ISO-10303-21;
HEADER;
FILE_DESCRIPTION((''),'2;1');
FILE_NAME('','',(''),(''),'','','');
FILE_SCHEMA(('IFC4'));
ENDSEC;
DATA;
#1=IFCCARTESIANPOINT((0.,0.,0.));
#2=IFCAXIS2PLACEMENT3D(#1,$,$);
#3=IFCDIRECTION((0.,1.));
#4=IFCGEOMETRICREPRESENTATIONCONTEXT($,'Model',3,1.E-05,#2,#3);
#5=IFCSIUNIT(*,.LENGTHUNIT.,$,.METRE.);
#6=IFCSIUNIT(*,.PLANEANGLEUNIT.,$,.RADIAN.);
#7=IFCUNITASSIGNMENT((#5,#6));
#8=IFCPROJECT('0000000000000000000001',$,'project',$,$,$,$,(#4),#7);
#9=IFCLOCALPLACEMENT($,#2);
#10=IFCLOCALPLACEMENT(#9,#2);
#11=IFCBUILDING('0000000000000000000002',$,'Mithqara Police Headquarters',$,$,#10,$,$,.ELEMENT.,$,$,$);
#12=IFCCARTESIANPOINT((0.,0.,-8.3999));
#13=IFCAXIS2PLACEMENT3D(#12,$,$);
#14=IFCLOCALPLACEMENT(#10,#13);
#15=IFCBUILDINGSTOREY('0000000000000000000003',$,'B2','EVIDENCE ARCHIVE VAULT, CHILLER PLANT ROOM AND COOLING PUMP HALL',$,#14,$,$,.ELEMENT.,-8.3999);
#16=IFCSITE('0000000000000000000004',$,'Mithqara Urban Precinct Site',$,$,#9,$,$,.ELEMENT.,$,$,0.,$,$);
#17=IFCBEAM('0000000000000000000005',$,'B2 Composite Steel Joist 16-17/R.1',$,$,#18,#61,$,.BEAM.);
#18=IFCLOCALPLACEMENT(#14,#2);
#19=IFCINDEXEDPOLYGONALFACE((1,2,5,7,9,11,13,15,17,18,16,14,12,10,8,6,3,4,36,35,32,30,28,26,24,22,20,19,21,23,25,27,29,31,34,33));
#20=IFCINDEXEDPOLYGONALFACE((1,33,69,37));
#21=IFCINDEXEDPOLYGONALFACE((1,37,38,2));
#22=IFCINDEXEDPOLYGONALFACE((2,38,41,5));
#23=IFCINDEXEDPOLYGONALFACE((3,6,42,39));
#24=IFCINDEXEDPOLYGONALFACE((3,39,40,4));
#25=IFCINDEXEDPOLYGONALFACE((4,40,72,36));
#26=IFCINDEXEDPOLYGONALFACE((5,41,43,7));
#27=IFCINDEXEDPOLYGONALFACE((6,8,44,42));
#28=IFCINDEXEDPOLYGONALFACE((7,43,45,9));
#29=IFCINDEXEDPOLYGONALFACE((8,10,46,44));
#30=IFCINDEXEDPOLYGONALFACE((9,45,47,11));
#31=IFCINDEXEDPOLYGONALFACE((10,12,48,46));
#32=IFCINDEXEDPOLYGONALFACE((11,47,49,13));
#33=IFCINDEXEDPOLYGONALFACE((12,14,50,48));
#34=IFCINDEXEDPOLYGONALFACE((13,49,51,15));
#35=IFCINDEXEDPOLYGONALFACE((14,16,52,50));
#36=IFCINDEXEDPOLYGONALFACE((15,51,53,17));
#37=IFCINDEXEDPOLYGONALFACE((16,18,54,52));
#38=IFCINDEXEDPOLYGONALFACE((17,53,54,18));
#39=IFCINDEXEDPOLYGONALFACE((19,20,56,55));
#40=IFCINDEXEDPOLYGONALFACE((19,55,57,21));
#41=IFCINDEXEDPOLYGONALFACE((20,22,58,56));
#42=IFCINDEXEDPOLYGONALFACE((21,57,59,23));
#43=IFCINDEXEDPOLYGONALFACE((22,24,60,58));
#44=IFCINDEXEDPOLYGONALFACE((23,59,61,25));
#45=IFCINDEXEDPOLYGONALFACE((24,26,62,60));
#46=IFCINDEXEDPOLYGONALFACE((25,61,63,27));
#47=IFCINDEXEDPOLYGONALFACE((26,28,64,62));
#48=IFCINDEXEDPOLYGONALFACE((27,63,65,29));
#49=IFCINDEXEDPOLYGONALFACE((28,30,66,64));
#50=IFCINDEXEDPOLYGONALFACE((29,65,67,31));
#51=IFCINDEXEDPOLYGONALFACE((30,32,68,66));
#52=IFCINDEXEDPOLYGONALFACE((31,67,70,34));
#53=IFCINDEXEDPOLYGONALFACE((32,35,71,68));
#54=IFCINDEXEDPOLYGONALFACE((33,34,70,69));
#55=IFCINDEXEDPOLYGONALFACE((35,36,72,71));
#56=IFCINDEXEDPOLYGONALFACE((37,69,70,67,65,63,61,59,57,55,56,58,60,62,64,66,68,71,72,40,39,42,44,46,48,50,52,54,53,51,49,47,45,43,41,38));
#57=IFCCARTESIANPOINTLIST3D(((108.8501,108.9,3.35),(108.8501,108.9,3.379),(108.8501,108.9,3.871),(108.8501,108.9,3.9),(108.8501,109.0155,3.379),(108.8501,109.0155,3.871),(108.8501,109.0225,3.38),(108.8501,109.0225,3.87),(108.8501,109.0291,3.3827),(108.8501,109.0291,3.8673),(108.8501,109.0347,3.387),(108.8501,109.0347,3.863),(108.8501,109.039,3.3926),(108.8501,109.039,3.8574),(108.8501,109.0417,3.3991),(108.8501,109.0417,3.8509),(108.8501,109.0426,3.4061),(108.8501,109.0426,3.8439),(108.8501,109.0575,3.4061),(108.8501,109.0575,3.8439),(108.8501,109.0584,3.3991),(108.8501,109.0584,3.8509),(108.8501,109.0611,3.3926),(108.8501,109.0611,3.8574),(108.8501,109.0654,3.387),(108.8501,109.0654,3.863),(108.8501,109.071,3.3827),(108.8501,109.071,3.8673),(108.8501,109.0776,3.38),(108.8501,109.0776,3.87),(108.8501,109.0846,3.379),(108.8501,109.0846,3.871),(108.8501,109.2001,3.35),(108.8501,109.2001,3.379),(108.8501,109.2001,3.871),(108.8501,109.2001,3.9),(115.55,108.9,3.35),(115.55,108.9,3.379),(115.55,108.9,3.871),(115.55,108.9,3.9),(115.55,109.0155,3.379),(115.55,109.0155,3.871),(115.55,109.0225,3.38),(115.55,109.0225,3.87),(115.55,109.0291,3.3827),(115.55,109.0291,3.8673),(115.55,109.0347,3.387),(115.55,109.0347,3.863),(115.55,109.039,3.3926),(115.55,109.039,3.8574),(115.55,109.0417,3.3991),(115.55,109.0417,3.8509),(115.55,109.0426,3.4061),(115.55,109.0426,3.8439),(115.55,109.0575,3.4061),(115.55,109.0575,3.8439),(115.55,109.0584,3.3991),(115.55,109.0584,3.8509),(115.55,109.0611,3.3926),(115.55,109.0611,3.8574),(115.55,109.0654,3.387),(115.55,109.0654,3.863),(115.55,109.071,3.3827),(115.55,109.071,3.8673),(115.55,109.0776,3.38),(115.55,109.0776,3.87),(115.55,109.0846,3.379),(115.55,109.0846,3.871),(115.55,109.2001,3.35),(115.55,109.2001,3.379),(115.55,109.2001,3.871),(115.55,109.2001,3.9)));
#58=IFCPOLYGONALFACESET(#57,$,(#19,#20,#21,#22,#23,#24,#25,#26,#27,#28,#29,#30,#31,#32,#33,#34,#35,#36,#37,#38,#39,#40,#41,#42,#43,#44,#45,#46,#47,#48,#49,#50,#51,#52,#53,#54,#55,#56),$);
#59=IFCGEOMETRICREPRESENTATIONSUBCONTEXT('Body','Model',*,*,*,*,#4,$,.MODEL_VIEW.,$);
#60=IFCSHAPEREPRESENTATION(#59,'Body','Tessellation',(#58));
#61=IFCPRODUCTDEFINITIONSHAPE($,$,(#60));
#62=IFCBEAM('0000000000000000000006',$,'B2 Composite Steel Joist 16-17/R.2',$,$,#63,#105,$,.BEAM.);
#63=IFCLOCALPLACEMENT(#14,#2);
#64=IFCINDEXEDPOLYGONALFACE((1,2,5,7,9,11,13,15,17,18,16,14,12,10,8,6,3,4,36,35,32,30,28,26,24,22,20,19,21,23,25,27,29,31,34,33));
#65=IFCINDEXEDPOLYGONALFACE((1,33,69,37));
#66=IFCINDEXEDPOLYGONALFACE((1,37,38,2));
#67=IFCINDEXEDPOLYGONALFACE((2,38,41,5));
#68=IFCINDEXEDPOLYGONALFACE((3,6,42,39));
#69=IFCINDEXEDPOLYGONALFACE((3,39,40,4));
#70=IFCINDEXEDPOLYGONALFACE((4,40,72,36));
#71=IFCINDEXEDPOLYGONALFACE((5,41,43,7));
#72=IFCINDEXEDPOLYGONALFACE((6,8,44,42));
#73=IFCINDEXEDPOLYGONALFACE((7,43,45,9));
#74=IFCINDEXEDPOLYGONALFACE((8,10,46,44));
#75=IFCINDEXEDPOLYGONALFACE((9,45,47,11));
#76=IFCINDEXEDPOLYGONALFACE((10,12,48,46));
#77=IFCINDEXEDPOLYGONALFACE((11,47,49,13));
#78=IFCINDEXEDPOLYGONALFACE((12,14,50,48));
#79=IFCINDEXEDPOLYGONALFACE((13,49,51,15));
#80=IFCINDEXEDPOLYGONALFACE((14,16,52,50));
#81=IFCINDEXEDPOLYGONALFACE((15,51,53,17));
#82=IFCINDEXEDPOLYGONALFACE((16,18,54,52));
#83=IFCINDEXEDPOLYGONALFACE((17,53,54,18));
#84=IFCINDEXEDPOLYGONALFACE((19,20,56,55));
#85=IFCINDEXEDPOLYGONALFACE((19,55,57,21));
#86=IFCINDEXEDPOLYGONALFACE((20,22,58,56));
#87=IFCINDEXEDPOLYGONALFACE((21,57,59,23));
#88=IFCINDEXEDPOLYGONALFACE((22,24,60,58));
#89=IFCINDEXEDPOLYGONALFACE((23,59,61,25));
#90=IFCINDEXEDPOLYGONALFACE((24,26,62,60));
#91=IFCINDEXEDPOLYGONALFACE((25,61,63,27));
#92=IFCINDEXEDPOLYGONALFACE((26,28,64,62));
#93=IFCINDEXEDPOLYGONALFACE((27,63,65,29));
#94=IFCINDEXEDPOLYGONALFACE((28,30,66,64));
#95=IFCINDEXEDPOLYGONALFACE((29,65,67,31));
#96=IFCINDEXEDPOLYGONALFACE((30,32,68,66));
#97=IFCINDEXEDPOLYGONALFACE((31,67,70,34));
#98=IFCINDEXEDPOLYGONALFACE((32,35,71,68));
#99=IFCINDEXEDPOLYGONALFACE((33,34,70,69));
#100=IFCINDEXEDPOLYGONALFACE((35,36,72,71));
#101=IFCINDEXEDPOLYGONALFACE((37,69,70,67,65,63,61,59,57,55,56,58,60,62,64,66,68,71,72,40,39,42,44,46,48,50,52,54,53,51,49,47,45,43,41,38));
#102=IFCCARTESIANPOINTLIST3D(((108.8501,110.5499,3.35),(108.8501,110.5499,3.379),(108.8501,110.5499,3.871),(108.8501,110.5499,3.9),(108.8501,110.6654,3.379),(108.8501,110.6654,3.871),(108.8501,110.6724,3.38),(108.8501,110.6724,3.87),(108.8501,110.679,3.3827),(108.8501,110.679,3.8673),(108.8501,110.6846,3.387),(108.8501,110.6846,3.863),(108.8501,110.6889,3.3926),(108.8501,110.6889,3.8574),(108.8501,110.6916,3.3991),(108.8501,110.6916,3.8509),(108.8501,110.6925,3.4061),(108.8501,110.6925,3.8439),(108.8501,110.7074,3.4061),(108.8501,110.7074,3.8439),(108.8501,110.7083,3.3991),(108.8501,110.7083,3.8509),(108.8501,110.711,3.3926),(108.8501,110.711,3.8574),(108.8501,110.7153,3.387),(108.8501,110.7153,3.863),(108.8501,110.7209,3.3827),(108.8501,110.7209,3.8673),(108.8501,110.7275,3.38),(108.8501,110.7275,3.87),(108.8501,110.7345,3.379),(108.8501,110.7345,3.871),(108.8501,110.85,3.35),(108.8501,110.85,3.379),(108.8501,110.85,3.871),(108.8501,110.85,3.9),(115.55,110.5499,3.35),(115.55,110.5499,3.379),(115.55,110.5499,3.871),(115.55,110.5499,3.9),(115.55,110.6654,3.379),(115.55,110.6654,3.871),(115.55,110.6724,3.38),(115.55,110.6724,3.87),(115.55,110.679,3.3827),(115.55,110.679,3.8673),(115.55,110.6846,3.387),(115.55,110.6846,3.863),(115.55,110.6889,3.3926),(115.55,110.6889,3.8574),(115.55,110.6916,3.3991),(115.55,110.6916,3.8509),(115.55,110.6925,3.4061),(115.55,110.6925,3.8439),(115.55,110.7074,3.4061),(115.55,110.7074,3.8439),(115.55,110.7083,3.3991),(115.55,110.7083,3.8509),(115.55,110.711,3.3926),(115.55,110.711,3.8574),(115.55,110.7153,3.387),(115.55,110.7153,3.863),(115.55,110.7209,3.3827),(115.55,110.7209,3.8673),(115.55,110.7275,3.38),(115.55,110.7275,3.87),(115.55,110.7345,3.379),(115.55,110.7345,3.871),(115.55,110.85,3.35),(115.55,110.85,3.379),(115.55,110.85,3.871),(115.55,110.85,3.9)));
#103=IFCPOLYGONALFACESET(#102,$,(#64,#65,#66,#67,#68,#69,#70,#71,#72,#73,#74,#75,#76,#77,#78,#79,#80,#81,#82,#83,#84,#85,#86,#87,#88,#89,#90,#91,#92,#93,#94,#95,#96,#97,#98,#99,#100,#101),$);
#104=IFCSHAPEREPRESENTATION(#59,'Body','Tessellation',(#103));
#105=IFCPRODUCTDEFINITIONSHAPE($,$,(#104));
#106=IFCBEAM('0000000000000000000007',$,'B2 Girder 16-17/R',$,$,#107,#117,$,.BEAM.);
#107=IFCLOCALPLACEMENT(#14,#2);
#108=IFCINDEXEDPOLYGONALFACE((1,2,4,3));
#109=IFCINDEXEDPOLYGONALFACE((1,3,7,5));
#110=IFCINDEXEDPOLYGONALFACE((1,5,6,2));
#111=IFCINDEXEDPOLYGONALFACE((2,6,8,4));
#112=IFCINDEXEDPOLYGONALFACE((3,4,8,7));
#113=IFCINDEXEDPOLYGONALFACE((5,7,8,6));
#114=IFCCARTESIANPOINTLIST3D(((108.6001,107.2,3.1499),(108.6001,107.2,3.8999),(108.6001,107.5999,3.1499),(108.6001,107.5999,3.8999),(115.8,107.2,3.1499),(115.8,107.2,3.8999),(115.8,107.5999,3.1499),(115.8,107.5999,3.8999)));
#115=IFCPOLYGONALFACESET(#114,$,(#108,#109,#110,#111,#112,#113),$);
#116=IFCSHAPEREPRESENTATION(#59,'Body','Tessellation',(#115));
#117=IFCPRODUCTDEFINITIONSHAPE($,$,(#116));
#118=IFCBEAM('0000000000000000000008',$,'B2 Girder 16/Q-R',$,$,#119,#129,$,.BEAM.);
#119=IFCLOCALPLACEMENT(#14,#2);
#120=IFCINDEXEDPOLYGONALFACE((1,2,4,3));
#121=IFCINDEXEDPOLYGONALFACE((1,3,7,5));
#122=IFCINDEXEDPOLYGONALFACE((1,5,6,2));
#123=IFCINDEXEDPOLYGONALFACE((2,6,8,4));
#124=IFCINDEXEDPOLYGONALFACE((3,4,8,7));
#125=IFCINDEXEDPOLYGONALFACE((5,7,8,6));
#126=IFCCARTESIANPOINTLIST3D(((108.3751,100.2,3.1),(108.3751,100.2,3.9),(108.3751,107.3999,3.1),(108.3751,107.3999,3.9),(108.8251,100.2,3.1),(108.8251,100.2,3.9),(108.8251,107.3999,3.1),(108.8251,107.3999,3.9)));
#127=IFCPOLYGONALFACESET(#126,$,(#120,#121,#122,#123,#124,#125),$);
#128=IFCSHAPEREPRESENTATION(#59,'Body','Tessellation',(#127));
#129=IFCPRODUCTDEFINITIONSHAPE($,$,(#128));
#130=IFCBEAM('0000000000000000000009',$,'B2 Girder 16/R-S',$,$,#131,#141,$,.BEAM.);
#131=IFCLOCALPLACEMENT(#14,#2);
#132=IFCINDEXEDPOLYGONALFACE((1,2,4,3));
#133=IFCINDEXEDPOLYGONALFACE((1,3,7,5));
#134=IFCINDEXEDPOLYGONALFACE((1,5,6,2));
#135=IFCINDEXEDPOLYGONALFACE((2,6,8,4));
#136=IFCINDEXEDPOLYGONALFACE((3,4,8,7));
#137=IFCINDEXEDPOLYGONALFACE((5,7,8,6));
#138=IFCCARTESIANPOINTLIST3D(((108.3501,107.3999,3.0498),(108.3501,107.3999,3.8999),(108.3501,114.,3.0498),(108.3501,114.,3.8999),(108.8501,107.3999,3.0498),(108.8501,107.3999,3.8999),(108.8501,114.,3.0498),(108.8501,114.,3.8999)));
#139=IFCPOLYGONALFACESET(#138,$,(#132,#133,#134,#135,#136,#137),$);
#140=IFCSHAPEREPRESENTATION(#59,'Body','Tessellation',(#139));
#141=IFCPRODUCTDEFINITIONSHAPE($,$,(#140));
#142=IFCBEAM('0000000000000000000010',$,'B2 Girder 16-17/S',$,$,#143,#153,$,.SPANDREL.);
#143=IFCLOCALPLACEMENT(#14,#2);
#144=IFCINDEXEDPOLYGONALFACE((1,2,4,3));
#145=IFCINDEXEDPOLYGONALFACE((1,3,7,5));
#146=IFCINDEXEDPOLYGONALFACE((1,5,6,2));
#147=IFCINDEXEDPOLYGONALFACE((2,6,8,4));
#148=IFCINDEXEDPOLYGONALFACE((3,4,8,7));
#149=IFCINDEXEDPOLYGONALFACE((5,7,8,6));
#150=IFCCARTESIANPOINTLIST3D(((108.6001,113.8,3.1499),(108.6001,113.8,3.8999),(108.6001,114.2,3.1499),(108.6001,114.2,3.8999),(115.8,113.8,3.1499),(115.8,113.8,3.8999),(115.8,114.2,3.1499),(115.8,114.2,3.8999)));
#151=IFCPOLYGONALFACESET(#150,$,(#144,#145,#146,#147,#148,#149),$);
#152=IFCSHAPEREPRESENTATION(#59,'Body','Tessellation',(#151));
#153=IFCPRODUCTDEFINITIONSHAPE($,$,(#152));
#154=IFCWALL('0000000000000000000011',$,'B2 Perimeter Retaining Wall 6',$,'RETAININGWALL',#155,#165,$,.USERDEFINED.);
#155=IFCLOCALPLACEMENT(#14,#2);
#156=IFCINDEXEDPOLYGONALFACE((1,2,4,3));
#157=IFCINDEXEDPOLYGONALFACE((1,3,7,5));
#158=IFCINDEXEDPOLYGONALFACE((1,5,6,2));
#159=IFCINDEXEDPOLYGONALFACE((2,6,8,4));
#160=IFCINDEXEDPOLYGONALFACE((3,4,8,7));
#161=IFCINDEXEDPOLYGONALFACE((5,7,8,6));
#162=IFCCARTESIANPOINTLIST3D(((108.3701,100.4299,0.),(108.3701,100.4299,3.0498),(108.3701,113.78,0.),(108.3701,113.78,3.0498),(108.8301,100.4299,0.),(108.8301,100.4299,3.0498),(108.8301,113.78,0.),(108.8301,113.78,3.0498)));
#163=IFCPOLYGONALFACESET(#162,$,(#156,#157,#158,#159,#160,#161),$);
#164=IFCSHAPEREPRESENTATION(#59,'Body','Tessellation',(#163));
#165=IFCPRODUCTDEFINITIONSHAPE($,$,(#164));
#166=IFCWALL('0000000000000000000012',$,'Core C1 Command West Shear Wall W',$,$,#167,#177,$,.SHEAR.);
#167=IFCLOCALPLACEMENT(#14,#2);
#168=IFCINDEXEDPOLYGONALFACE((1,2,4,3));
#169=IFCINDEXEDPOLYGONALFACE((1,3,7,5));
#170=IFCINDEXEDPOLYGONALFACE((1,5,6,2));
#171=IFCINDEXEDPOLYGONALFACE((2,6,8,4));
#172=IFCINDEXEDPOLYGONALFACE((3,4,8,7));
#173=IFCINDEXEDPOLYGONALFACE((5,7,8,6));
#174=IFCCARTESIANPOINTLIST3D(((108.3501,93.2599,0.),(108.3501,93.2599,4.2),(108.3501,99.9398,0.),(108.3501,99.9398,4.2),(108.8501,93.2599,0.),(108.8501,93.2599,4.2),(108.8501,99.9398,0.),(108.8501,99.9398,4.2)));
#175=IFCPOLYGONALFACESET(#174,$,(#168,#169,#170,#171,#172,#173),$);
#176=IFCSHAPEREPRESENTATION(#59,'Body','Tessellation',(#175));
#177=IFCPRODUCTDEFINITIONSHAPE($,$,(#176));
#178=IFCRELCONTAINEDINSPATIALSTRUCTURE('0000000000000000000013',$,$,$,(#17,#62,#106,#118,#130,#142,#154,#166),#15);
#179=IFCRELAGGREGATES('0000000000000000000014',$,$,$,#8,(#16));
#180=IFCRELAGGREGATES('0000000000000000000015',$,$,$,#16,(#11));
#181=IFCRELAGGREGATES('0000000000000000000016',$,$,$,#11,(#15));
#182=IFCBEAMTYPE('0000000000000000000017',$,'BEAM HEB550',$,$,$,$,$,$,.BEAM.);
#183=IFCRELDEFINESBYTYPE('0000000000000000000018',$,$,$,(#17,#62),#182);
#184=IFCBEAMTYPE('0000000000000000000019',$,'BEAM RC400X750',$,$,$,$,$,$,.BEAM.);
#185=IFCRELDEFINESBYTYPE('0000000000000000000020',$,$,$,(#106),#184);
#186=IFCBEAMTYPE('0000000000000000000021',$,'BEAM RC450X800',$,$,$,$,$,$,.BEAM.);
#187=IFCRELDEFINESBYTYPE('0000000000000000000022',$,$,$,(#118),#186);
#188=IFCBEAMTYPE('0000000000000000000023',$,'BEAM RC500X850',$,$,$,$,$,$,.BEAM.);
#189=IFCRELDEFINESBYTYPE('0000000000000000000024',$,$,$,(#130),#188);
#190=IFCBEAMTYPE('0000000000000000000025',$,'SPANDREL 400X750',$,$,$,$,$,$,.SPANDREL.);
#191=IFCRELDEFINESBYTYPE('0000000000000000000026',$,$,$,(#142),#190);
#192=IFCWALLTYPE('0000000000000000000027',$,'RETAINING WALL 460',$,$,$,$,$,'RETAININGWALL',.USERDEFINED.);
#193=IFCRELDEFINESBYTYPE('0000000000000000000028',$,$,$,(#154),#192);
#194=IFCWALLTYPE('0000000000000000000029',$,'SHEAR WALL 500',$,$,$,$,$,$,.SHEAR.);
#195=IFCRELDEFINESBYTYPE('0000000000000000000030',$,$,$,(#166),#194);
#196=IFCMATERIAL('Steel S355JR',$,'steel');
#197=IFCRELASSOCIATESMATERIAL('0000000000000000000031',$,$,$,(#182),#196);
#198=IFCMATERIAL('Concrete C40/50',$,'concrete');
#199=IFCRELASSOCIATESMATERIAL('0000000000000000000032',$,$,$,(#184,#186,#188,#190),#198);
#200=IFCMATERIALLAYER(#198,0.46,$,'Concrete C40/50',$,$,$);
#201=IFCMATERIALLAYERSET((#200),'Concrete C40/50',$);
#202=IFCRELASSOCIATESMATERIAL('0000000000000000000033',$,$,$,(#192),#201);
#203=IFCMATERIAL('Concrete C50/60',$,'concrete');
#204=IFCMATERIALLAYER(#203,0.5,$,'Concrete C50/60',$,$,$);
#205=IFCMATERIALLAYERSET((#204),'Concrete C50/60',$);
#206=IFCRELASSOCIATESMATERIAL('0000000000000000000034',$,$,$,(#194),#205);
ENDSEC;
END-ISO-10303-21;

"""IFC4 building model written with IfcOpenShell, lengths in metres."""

from ifc_helpers import new_model, si_unit, direction, frame, frame_2d, origin, origin_2d, place, context, subcontext, project, spatial, rectangle, i_section, extrude, material, layer, layer_set, material_profile, profile_set, type_object, element, save


model = new_model("IFC4")

# Units and contexts
model_context = context("Model", 3, precision=1e-05, world=origin(), true_north=direction((0.0, 1.0)))
body_context = subcontext(model_context, "Body", "Model", "MODEL_VIEW")
ifc_project = project(units=[si_unit("LENGTHUNIT", "METRE"), si_unit("PLANEANGLEUNIT", "RADIAN")], contexts=[model_context])

# Site, building, storey
site_placement = place(None, origin())
site = spatial("IfcSite", under=ifc_project, at=site_placement, Name="Mithqara Urban Precinct Site", CompositionType="ELEMENT", RefElevation=0.0)
building_placement = place(site_placement, origin())
building = spatial("IfcBuilding", under=site, at=building_placement, Name="Mithqara Police Headquarters", CompositionType="ELEMENT")
storey_placement = place(building_placement, frame((0.0, 0.0, -8.3999)))
storey = spatial("IfcBuildingStorey", under=building, at=storey_placement, Name="B2", Description="EVIDENCE ARCHIVE VAULT, CHILLER PLANT ROOM AND COOLING PUMP HALL", CompositionType="ELEMENT", Elevation=-8.3999)

# Shared definitions
ifc_material_1 = material(Name="Concrete C40/50", Category="concrete")

# Shared definitions
ifc_material_2 = material(Name="Concrete C50/60", Category="concrete")

# Beams
ifc_material_3 = material(Name="Steel S355JR", Category="steel")
ifc_material_profile_1 = material_profile(ifc_material_3, i_section(OverallWidth=0.3, OverallDepth=0.55, WebThickness=0.0149, FlangeThickness=0.0291, FilletRadius=0.0271, at=origin_2d()), Name="HEB 550")
ifc_profile_set_1 = profile_set([ifc_material_profile_1], Name="Steel S355JR")
beam_type_1 = type_object("IfcBeamType", Name="BEAM HEB550", PredefinedType="BEAM", material=ifc_profile_set_1)
for number, where, z_axis, x_axis, name in (
    (1, (108.8501, 109.05, 3.625), (1.0, 0.0, 0.0), (0.0, 1.0, 0.0), "B2 Composite Steel Joist 16-17/R.1"),
    (2, (108.8501, 110.7, 3.625), (1.0, 0.0, 0.0), (0.0, 1.0, 0.0), "B2 Composite Steel Joist 16-17/R.2"),
):
    element("IfcBeam", number, at=place(storey_placement, frame(where, z_axis=z_axis, x_axis=x_axis)), inside=storey, type_object=beam_type_1, Name=name, PredefinedType="BEAM", context=body_context, shape_type="SweptSolid", body=[
        extrude(i_section(OverallWidth=0.3, OverallDepth=0.55, WebThickness=0.0149, FlangeThickness=0.0291, FilletRadius=0.0271, at=origin_2d()), origin(), (0.0, 0.0, 1.0), 6.7),
    ])
ifc_material_profile_2 = material_profile(ifc_material_1, rectangle(XDim=0.3999, YDim=0.75, at=origin_2d()), Name="RC 400x750")
ifc_profile_set_2 = profile_set([ifc_material_profile_2], Name="Concrete C40/50")
beam_type_2 = type_object("IfcBeamType", Name="BEAM RC400X750", PredefinedType="BEAM", material=ifc_profile_set_2)
beam_1_placement = place(storey_placement, frame((108.6001, 107.3999, 3.5249), z_axis=(1.0, 0.0, 0.0), x_axis=(0.0, 1.0, 0.0)))
element("IfcBeam", 3, at=beam_1_placement, inside=storey, type_object=beam_type_2, Name="B2 Girder 16-17/R", PredefinedType="BEAM", context=body_context, shape_type="SweptSolid", body=[
    extrude(rectangle(XDim=0.3999, YDim=0.75, at=origin_2d()), origin(), (0.0, 0.0, 1.0), 7.2),
])
ifc_material_profile_3 = material_profile(ifc_material_1, rectangle(XDim=0.45, YDim=0.8, at=origin_2d()), Name="RC 450x800")
ifc_profile_set_3 = profile_set([ifc_material_profile_3], Name="Concrete C40/50")
beam_type_3 = type_object("IfcBeamType", Name="BEAM RC450X800", PredefinedType="BEAM", material=ifc_profile_set_3)
beam_2_placement = place(storey_placement, frame((108.6001, 100.2, 3.5), z_axis=(0.0, 1.0, 0.0), x_axis=(-1.0, 0.0, 0.0)))
element("IfcBeam", 4, at=beam_2_placement, inside=storey, type_object=beam_type_3, Name="B2 Girder 16/Q-R", PredefinedType="BEAM", context=body_context, shape_type="SweptSolid", body=[
    extrude(rectangle(XDim=0.45, YDim=0.8, at=origin_2d()), origin(), (0.0, 0.0, 1.0), 7.2),
])
ifc_material_profile_4 = material_profile(ifc_material_1, rectangle(XDim=0.5, YDim=0.8501, at=origin_2d()), Name="RC 500x850")
ifc_profile_set_4 = profile_set([ifc_material_profile_4], Name="Concrete C40/50")
beam_type_4 = type_object("IfcBeamType", Name="BEAM RC500X850", PredefinedType="BEAM", material=ifc_profile_set_4)
beam_3_placement = place(storey_placement, frame((108.6001, 107.3999, 3.4749), z_axis=(0.0, 1.0, 0.0), x_axis=(-1.0, 0.0, 0.0)))
element("IfcBeam", 5, at=beam_3_placement, inside=storey, type_object=beam_type_4, Name="B2 Girder 16/R-S", PredefinedType="BEAM", context=body_context, shape_type="SweptSolid", body=[
    extrude(rectangle(XDim=0.5, YDim=0.8501, at=origin_2d()), origin(), (0.0, 0.0, 1.0), 6.6001),
])
ifc_material_profile_5 = material_profile(ifc_material_1, rectangle(XDim=0.3999, YDim=0.75, at=origin_2d()), Name="SPB 400x750")
ifc_profile_set_5 = profile_set([ifc_material_profile_5], Name="Concrete C40/50")
beam_type_5 = type_object("IfcBeamType", Name="SPANDREL 400X750", PredefinedType="SPANDREL", material=ifc_profile_set_5)
beam_4_placement = place(storey_placement, frame((108.6001, 114.0, 3.5249), z_axis=(1.0, 0.0, 0.0), x_axis=(0.0, 1.0, 0.0)))
element("IfcBeam", 6, at=beam_4_placement, inside=storey, type_object=beam_type_5, Name="B2 Girder 16-17/S", PredefinedType="SPANDREL", context=body_context, shape_type="SweptSolid", body=[
    extrude(rectangle(XDim=0.3999, YDim=0.75, at=origin_2d()), origin(), (0.0, 0.0, 1.0), 7.2),
])

# Walls
ifc_layer_1 = layer(ifc_material_1, 0.46, Name="Concrete C40/50")
ifc_layer_set_1 = layer_set([ifc_layer_1], Name="Concrete C40/50")
wall_type_1 = type_object("IfcWallType", Name="RETAINING WALL 460", ElementType="RETAININGWALL", PredefinedType="USERDEFINED", material=ifc_layer_set_1)
wall_1_placement = place(storey_placement, frame((108.6001, 100.4299, 0.0), z_axis=(0.0, 0.0, 1.0), x_axis=(0.0, 1.0, 0.0)))
element("IfcWall", 7, at=wall_1_placement, inside=storey, type_object=wall_type_1, Name="B2 Perimeter Retaining Wall 6", ObjectType="RETAININGWALL", PredefinedType="USERDEFINED", context=body_context, shape_type="SweptSolid", body=[
    extrude(rectangle(XDim=13.3501, YDim=0.46, at=frame_2d((6.675, 0.0))), origin(), (0.0, 0.0, 1.0), 3.0498),
])
ifc_layer_2 = layer(ifc_material_2, 0.5, Name="Concrete C50/60")
ifc_layer_set_2 = layer_set([ifc_layer_2], Name="Concrete C50/60")
wall_type_2 = type_object("IfcWallType", Name="SHEAR WALL 500", PredefinedType="SHEAR", material=ifc_layer_set_2)
wall_2_placement = place(storey_placement, frame((108.6001, 93.26, 0.0), z_axis=(0.0, 0.0, 1.0), x_axis=(0.0, 1.0, 0.0)))
element("IfcWall", 8, at=wall_2_placement, inside=storey, type_object=wall_type_2, Name="Core C1 Command West Shear Wall W", PredefinedType="SHEAR", context=body_context, shape_type="SweptSolid", body=[
    extrude(rectangle(XDim=6.6799, YDim=0.5, at=frame_2d((3.3398, 0.0))), origin(), (0.0, 0.0, 1.0), 4.2),
])

save(model, "model.ifc")
